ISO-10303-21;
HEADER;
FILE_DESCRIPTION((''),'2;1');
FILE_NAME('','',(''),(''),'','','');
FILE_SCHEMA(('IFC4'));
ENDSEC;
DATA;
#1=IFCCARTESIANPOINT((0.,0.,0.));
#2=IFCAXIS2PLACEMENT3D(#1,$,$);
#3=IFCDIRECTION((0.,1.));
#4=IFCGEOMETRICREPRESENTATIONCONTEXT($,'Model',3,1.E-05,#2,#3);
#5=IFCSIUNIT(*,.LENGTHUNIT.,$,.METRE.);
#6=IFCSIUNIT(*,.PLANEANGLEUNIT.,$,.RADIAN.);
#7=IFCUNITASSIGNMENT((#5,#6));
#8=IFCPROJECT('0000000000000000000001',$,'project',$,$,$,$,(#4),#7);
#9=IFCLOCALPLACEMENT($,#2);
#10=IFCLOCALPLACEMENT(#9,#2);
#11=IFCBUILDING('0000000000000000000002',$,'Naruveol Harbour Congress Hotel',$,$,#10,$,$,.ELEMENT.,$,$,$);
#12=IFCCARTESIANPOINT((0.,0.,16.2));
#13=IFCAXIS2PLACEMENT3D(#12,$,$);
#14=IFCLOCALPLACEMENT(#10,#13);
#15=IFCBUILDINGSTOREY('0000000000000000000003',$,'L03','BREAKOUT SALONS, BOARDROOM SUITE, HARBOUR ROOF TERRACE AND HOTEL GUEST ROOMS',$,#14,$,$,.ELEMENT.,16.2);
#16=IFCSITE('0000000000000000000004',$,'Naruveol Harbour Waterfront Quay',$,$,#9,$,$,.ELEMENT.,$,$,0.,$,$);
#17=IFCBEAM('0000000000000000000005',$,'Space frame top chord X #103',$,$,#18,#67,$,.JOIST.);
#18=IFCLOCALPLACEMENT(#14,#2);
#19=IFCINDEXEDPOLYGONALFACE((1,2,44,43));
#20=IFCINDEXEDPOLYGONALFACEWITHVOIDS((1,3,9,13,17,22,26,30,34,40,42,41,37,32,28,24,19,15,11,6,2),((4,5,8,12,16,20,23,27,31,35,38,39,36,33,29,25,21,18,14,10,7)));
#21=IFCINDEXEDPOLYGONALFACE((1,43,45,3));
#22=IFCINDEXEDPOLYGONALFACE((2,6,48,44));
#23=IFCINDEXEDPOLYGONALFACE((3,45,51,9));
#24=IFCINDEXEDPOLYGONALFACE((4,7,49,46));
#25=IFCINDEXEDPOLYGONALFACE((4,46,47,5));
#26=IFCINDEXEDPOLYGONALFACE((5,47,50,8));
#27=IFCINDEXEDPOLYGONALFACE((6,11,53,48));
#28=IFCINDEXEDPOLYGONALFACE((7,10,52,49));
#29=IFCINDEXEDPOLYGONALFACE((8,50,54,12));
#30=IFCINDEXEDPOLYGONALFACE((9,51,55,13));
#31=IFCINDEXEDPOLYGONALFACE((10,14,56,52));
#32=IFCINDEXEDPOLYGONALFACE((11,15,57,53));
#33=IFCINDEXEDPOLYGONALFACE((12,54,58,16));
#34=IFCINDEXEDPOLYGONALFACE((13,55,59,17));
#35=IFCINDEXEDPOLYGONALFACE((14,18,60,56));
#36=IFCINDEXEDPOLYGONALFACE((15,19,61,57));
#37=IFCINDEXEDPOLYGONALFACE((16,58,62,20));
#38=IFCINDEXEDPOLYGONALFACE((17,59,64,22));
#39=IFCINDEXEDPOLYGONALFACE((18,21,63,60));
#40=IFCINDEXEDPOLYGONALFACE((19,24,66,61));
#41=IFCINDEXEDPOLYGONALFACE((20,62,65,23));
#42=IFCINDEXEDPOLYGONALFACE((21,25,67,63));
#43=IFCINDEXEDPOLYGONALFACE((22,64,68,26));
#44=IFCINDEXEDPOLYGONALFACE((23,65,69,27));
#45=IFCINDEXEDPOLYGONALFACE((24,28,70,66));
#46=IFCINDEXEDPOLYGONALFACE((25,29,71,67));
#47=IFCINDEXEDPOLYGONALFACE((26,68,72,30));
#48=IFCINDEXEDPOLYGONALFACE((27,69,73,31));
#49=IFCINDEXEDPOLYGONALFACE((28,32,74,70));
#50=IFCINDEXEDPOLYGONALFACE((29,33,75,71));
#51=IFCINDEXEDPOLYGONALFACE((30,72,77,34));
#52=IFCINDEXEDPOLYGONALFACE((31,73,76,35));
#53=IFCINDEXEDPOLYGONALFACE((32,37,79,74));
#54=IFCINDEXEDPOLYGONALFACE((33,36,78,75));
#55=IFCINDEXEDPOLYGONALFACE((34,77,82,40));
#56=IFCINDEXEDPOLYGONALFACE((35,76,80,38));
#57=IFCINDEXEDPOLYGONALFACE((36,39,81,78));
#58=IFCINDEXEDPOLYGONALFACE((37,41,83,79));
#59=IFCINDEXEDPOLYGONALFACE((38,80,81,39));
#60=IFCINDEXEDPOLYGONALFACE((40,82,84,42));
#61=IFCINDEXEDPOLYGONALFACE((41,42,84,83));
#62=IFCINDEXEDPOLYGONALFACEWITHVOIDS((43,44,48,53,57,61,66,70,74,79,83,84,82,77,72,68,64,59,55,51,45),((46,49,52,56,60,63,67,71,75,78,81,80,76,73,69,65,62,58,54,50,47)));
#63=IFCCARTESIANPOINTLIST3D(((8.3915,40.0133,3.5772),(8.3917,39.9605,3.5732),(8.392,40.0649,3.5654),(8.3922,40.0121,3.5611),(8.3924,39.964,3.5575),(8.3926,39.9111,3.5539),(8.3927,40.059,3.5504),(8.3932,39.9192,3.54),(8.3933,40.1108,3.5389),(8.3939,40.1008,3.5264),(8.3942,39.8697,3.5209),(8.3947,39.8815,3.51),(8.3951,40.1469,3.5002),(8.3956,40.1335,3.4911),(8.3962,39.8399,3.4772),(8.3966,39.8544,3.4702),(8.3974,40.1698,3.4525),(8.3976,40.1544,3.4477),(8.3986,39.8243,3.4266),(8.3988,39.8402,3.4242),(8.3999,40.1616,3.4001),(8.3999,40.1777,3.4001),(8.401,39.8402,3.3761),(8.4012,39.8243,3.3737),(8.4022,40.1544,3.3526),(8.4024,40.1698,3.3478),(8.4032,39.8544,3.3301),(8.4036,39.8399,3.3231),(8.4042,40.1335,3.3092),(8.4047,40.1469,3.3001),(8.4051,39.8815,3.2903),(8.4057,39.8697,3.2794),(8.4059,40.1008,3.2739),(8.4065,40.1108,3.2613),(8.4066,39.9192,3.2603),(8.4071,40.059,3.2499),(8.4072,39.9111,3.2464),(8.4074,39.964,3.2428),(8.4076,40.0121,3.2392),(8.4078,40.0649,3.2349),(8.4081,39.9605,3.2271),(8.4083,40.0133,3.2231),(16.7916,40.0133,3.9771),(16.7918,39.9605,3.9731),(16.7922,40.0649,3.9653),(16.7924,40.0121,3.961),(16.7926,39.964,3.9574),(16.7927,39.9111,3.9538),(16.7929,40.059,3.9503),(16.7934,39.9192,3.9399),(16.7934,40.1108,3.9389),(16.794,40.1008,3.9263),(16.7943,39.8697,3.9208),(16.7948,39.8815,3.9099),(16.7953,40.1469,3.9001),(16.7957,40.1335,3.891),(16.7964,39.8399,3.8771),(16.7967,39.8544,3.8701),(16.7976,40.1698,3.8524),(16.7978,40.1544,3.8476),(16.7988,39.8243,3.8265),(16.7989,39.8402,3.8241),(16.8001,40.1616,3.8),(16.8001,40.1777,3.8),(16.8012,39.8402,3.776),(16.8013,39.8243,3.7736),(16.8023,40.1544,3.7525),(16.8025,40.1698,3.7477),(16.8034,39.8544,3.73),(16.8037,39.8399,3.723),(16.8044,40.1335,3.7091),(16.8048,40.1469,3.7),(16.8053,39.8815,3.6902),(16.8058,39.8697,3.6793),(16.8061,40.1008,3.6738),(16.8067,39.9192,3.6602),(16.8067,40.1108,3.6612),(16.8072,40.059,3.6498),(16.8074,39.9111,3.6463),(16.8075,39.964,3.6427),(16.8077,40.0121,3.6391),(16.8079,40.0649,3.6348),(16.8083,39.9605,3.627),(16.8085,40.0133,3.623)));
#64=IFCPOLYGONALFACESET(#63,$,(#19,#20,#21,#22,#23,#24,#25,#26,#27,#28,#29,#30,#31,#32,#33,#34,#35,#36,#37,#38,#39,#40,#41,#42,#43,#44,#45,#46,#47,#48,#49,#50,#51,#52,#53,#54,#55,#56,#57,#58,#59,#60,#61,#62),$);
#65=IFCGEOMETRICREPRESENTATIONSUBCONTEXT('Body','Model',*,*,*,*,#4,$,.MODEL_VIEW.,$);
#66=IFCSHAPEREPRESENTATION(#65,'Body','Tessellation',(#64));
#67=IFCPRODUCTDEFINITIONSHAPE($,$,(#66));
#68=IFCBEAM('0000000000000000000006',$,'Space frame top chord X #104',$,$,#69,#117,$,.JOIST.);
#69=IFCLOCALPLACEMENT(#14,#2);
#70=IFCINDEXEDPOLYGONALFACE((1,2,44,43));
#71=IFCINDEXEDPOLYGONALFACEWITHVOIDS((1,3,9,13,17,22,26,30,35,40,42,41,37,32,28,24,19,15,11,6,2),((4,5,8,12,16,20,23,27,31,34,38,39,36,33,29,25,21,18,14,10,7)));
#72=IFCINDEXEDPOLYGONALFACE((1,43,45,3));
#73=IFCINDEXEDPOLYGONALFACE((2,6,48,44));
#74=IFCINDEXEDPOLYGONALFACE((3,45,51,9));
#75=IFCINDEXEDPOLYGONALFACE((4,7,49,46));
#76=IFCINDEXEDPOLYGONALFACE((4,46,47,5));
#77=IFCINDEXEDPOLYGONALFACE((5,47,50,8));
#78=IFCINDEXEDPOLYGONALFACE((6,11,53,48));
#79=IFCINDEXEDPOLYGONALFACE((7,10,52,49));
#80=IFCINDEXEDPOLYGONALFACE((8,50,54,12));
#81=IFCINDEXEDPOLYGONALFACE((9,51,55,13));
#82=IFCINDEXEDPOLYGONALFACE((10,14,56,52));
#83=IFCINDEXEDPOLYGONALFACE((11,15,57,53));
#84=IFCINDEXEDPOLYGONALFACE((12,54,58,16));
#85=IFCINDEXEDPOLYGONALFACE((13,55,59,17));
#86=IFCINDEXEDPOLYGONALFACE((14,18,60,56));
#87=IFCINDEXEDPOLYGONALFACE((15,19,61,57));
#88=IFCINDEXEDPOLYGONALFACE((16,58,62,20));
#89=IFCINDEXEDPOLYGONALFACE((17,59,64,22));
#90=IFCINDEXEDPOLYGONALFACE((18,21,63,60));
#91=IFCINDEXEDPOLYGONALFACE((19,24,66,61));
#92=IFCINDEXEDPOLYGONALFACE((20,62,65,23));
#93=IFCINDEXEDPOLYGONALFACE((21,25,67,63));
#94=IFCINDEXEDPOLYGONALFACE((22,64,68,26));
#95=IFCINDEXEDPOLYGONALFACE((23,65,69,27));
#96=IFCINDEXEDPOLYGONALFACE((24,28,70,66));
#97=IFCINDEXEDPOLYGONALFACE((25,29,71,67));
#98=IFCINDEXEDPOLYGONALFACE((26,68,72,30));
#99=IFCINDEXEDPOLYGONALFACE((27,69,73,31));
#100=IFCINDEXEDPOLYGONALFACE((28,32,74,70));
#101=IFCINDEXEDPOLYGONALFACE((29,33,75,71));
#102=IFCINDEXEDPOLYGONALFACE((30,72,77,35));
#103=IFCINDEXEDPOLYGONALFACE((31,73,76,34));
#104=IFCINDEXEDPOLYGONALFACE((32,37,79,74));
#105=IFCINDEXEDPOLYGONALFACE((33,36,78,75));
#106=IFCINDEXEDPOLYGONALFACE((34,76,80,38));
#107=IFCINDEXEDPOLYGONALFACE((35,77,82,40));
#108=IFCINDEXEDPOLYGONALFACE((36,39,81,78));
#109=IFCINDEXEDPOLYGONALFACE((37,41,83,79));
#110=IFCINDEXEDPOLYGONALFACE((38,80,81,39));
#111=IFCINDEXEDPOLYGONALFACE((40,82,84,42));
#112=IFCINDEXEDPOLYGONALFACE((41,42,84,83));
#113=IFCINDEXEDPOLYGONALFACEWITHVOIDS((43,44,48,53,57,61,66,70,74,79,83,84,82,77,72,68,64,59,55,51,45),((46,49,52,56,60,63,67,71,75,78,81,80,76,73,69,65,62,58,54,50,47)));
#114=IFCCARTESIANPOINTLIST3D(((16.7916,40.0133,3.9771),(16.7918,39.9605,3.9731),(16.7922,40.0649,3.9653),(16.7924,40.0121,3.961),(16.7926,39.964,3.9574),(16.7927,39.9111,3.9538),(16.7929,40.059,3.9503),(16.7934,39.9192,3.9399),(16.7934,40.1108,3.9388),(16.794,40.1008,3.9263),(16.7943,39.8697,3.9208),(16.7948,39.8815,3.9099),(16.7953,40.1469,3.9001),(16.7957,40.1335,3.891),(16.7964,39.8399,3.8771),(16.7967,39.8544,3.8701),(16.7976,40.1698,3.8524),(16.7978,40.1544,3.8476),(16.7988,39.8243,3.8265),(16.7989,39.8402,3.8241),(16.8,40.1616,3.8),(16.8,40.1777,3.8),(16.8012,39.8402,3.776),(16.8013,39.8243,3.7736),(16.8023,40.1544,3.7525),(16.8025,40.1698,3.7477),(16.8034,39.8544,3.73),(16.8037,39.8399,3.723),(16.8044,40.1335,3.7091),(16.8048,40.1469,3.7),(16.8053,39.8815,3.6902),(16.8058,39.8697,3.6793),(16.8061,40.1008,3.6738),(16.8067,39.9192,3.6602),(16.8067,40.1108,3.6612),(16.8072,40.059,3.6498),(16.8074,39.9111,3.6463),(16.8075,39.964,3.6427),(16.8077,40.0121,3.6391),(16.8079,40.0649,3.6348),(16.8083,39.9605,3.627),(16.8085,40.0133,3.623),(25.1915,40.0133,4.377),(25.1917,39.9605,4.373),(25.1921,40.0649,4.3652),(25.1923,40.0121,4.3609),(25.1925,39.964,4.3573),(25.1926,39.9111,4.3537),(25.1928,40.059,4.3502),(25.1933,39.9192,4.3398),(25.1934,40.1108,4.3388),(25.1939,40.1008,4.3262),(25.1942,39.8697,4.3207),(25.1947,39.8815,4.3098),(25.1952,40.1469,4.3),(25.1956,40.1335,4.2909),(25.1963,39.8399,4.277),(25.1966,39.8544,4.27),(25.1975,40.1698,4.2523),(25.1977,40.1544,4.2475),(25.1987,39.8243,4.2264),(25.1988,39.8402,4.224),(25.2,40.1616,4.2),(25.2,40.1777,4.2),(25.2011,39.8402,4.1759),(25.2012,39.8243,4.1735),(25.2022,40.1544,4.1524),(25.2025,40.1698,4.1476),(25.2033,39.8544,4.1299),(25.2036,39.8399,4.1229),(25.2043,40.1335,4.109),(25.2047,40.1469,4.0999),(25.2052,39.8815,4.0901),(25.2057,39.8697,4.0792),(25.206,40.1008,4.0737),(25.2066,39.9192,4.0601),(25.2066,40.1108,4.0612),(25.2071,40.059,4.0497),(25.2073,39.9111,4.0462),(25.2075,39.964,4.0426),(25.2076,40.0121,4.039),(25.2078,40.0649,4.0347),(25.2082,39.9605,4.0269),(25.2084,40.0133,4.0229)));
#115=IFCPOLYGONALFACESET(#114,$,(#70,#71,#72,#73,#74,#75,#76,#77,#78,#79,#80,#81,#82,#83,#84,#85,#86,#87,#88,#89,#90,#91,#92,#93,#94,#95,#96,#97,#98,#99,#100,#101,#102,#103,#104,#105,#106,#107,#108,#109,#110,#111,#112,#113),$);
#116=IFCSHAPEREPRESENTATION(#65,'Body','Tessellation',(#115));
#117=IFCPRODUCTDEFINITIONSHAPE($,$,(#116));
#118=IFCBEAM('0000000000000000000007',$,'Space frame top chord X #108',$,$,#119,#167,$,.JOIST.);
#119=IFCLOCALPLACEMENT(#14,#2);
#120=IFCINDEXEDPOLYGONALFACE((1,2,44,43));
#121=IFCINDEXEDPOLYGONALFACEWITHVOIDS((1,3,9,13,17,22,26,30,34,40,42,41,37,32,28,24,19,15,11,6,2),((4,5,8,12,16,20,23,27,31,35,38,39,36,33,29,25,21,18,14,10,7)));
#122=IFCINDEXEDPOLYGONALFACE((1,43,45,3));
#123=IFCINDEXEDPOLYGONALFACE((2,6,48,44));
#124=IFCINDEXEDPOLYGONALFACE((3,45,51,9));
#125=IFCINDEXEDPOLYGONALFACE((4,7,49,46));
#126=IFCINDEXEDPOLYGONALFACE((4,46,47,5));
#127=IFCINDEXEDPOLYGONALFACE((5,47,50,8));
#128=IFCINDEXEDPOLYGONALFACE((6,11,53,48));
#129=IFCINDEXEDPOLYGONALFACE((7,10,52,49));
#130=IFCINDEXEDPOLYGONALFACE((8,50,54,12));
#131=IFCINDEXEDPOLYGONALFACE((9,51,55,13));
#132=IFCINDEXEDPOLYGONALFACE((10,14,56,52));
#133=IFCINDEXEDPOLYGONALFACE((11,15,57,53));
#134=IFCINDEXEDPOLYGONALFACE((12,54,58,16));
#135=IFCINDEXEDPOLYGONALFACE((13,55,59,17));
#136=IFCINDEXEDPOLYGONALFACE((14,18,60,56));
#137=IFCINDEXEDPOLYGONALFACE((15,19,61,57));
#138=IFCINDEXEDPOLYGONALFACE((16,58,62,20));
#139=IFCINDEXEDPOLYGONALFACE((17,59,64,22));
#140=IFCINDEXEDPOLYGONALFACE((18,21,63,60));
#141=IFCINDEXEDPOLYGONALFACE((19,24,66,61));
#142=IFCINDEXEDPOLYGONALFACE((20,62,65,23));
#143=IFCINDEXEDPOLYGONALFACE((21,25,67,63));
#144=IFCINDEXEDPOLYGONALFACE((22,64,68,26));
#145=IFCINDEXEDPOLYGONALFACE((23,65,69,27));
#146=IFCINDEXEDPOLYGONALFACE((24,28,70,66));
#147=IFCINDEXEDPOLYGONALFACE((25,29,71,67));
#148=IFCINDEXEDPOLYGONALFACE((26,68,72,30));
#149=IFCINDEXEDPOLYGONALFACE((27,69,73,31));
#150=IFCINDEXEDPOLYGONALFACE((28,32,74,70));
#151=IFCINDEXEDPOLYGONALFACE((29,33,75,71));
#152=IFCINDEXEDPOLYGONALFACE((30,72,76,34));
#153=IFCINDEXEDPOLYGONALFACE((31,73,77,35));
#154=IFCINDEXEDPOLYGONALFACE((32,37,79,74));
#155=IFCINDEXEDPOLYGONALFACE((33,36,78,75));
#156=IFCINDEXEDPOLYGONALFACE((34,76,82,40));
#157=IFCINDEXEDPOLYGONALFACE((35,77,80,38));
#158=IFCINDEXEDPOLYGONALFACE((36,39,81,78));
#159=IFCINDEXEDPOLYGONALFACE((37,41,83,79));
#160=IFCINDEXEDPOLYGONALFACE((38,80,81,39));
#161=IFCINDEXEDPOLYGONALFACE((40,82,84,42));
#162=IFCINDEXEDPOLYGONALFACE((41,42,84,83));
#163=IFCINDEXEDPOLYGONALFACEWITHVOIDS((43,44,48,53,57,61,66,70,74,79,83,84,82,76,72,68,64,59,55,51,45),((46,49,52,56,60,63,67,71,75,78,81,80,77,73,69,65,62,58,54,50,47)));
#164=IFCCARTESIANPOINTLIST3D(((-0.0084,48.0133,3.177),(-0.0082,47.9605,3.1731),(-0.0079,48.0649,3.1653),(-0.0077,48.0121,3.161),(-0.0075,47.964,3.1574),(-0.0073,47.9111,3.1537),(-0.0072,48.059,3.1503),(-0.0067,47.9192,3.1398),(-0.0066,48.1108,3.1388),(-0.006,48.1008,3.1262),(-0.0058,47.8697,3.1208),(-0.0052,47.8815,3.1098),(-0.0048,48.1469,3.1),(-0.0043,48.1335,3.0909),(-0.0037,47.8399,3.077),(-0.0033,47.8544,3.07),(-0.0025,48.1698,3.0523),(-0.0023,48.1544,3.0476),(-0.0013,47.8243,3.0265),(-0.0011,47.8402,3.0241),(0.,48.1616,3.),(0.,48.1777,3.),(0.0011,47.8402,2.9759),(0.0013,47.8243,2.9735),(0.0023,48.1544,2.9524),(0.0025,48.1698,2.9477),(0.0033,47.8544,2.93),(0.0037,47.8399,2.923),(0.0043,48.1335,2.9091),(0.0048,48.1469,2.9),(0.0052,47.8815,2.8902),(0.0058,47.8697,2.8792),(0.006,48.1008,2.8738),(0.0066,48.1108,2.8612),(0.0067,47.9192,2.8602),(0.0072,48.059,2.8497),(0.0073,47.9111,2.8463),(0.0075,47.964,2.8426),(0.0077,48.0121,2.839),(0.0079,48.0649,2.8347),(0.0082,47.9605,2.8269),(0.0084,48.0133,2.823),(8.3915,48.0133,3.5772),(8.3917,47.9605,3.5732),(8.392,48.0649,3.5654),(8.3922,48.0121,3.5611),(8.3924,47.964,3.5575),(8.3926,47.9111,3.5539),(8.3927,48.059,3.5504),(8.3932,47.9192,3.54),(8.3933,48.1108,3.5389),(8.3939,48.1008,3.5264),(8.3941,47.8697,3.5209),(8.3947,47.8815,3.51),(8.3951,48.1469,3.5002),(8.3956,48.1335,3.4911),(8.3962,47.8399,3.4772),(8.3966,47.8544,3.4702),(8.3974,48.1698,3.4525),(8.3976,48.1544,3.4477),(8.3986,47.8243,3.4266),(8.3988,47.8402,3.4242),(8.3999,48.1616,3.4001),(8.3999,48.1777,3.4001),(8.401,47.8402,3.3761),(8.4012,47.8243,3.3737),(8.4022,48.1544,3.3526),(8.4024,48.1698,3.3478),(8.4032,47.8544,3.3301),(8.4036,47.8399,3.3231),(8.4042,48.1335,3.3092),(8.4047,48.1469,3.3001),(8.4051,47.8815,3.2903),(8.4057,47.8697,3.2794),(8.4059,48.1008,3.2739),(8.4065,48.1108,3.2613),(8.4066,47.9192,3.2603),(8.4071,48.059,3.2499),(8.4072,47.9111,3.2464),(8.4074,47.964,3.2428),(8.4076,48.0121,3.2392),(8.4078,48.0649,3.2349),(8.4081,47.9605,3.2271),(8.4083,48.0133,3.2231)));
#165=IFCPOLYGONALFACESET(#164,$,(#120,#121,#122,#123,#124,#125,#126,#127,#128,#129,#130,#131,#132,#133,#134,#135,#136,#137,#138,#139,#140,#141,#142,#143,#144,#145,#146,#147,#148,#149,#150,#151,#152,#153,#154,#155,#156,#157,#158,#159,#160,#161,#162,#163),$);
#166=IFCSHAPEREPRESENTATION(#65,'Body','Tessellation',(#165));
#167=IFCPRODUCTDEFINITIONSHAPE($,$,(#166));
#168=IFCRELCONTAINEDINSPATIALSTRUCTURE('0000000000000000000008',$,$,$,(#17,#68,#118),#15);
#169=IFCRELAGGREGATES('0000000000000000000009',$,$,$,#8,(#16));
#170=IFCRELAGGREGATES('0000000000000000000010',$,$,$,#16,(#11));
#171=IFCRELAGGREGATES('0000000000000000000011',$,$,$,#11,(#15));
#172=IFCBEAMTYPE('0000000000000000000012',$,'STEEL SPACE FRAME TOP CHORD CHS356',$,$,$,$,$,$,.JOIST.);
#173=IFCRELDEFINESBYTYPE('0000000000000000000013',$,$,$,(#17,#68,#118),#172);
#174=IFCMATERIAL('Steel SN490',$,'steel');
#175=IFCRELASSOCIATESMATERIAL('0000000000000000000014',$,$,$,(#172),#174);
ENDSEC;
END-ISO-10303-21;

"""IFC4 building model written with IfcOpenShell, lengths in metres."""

from ifc_helpers import new_model, si_unit, direction, frame, origin, origin_2d, place, context, subcontext, project, spatial, hollow_circle, extrude, material, material_profile, profile_set, type_object, element, save


model = new_model("IFC4")

# Units and contexts
model_context = context("Model", 3, precision=1e-05, world=origin(), true_north=direction((0.0, 1.0)))
body_context = subcontext(model_context, "Body", "Model", "MODEL_VIEW")
ifc_project = project(units=[si_unit("LENGTHUNIT", "METRE"), si_unit("PLANEANGLEUNIT", "RADIAN")], contexts=[model_context])

# Site, building, storey
site_placement = place(None, origin())
site = spatial("IfcSite", under=ifc_project, at=site_placement, Name="Naruveol Harbour Waterfront Quay", CompositionType="ELEMENT", RefElevation=0.0)
building_placement = place(site_placement, origin())
building = spatial("IfcBuilding", under=site, at=building_placement, Name="Naruveol Harbour Congress Hotel", CompositionType="ELEMENT")
storey_placement = place(building_placement, frame((0.0, 0.0, 16.2)))
storey = spatial("IfcBuildingStorey", under=building, at=storey_placement, Name="L03", Description="BREAKOUT SALONS, BOARDROOM SUITE, HARBOUR ROOF TERRACE AND HOTEL GUEST ROOMS", CompositionType="ELEMENT", Elevation=16.2)

# Beams
ifc_material_1 = material(Name="Steel SN490", Category="steel")
ifc_material_profile_1 = material_profile(ifc_material_1, hollow_circle(Radius=0.1777, WallThickness=0.0161, at=origin_2d()), Name="CHS-355.6x16")
ifc_profile_set_1 = profile_set([ifc_material_profile_1], Name="Steel SN490")
beam_type_1 = type_object("IfcBeamType", Name="STEEL SPACE FRAME TOP CHORD CHS356", PredefinedType="JOIST", material=ifc_profile_set_1)
beam_1_placement = place(storey_placement, frame((8.3999, 40.0, 3.4001), z_axis=(0.998869, 0.0, 0.047553), x_axis=(0.0, 1.0, 0.0)))
element("IfcBeam", 1, at=beam_1_placement, inside=storey, type_object=beam_type_1, Name="Space frame top chord X #103", PredefinedType="JOIST", context=body_context, shape_type="SweptSolid", body=[
    extrude(hollow_circle(Radius=0.1777, WallThickness=0.0161, at=origin_2d()), origin(), (0.0, 0.0, 1.0), 8.4097),
])
for number, where, z_axis, x_axis, name in (
    (2, (16.8, 40.0, 3.8), (0.998869, 0.0, 0.047554), (0.0, 1.0, 0.0), "Space frame top chord X #104"),
    (3, (0.0, 48.0, 3.0), (0.998867, 0.0, 0.047583), (0.0, 1.0, 0.0), "Space frame top chord X #108"),
):
    element("IfcBeam", number, at=place(storey_placement, frame(where, z_axis=z_axis, x_axis=x_axis)), inside=storey, type_object=beam_type_1, Name=name, PredefinedType="JOIST", context=body_context, shape_type="SweptSolid", body=[
        extrude(hollow_circle(Radius=0.1777, WallThickness=0.0161, at=origin_2d()), origin(), (0.0, 0.0, 1.0), 8.4094),
    ])

save(model, "model.ifc")
